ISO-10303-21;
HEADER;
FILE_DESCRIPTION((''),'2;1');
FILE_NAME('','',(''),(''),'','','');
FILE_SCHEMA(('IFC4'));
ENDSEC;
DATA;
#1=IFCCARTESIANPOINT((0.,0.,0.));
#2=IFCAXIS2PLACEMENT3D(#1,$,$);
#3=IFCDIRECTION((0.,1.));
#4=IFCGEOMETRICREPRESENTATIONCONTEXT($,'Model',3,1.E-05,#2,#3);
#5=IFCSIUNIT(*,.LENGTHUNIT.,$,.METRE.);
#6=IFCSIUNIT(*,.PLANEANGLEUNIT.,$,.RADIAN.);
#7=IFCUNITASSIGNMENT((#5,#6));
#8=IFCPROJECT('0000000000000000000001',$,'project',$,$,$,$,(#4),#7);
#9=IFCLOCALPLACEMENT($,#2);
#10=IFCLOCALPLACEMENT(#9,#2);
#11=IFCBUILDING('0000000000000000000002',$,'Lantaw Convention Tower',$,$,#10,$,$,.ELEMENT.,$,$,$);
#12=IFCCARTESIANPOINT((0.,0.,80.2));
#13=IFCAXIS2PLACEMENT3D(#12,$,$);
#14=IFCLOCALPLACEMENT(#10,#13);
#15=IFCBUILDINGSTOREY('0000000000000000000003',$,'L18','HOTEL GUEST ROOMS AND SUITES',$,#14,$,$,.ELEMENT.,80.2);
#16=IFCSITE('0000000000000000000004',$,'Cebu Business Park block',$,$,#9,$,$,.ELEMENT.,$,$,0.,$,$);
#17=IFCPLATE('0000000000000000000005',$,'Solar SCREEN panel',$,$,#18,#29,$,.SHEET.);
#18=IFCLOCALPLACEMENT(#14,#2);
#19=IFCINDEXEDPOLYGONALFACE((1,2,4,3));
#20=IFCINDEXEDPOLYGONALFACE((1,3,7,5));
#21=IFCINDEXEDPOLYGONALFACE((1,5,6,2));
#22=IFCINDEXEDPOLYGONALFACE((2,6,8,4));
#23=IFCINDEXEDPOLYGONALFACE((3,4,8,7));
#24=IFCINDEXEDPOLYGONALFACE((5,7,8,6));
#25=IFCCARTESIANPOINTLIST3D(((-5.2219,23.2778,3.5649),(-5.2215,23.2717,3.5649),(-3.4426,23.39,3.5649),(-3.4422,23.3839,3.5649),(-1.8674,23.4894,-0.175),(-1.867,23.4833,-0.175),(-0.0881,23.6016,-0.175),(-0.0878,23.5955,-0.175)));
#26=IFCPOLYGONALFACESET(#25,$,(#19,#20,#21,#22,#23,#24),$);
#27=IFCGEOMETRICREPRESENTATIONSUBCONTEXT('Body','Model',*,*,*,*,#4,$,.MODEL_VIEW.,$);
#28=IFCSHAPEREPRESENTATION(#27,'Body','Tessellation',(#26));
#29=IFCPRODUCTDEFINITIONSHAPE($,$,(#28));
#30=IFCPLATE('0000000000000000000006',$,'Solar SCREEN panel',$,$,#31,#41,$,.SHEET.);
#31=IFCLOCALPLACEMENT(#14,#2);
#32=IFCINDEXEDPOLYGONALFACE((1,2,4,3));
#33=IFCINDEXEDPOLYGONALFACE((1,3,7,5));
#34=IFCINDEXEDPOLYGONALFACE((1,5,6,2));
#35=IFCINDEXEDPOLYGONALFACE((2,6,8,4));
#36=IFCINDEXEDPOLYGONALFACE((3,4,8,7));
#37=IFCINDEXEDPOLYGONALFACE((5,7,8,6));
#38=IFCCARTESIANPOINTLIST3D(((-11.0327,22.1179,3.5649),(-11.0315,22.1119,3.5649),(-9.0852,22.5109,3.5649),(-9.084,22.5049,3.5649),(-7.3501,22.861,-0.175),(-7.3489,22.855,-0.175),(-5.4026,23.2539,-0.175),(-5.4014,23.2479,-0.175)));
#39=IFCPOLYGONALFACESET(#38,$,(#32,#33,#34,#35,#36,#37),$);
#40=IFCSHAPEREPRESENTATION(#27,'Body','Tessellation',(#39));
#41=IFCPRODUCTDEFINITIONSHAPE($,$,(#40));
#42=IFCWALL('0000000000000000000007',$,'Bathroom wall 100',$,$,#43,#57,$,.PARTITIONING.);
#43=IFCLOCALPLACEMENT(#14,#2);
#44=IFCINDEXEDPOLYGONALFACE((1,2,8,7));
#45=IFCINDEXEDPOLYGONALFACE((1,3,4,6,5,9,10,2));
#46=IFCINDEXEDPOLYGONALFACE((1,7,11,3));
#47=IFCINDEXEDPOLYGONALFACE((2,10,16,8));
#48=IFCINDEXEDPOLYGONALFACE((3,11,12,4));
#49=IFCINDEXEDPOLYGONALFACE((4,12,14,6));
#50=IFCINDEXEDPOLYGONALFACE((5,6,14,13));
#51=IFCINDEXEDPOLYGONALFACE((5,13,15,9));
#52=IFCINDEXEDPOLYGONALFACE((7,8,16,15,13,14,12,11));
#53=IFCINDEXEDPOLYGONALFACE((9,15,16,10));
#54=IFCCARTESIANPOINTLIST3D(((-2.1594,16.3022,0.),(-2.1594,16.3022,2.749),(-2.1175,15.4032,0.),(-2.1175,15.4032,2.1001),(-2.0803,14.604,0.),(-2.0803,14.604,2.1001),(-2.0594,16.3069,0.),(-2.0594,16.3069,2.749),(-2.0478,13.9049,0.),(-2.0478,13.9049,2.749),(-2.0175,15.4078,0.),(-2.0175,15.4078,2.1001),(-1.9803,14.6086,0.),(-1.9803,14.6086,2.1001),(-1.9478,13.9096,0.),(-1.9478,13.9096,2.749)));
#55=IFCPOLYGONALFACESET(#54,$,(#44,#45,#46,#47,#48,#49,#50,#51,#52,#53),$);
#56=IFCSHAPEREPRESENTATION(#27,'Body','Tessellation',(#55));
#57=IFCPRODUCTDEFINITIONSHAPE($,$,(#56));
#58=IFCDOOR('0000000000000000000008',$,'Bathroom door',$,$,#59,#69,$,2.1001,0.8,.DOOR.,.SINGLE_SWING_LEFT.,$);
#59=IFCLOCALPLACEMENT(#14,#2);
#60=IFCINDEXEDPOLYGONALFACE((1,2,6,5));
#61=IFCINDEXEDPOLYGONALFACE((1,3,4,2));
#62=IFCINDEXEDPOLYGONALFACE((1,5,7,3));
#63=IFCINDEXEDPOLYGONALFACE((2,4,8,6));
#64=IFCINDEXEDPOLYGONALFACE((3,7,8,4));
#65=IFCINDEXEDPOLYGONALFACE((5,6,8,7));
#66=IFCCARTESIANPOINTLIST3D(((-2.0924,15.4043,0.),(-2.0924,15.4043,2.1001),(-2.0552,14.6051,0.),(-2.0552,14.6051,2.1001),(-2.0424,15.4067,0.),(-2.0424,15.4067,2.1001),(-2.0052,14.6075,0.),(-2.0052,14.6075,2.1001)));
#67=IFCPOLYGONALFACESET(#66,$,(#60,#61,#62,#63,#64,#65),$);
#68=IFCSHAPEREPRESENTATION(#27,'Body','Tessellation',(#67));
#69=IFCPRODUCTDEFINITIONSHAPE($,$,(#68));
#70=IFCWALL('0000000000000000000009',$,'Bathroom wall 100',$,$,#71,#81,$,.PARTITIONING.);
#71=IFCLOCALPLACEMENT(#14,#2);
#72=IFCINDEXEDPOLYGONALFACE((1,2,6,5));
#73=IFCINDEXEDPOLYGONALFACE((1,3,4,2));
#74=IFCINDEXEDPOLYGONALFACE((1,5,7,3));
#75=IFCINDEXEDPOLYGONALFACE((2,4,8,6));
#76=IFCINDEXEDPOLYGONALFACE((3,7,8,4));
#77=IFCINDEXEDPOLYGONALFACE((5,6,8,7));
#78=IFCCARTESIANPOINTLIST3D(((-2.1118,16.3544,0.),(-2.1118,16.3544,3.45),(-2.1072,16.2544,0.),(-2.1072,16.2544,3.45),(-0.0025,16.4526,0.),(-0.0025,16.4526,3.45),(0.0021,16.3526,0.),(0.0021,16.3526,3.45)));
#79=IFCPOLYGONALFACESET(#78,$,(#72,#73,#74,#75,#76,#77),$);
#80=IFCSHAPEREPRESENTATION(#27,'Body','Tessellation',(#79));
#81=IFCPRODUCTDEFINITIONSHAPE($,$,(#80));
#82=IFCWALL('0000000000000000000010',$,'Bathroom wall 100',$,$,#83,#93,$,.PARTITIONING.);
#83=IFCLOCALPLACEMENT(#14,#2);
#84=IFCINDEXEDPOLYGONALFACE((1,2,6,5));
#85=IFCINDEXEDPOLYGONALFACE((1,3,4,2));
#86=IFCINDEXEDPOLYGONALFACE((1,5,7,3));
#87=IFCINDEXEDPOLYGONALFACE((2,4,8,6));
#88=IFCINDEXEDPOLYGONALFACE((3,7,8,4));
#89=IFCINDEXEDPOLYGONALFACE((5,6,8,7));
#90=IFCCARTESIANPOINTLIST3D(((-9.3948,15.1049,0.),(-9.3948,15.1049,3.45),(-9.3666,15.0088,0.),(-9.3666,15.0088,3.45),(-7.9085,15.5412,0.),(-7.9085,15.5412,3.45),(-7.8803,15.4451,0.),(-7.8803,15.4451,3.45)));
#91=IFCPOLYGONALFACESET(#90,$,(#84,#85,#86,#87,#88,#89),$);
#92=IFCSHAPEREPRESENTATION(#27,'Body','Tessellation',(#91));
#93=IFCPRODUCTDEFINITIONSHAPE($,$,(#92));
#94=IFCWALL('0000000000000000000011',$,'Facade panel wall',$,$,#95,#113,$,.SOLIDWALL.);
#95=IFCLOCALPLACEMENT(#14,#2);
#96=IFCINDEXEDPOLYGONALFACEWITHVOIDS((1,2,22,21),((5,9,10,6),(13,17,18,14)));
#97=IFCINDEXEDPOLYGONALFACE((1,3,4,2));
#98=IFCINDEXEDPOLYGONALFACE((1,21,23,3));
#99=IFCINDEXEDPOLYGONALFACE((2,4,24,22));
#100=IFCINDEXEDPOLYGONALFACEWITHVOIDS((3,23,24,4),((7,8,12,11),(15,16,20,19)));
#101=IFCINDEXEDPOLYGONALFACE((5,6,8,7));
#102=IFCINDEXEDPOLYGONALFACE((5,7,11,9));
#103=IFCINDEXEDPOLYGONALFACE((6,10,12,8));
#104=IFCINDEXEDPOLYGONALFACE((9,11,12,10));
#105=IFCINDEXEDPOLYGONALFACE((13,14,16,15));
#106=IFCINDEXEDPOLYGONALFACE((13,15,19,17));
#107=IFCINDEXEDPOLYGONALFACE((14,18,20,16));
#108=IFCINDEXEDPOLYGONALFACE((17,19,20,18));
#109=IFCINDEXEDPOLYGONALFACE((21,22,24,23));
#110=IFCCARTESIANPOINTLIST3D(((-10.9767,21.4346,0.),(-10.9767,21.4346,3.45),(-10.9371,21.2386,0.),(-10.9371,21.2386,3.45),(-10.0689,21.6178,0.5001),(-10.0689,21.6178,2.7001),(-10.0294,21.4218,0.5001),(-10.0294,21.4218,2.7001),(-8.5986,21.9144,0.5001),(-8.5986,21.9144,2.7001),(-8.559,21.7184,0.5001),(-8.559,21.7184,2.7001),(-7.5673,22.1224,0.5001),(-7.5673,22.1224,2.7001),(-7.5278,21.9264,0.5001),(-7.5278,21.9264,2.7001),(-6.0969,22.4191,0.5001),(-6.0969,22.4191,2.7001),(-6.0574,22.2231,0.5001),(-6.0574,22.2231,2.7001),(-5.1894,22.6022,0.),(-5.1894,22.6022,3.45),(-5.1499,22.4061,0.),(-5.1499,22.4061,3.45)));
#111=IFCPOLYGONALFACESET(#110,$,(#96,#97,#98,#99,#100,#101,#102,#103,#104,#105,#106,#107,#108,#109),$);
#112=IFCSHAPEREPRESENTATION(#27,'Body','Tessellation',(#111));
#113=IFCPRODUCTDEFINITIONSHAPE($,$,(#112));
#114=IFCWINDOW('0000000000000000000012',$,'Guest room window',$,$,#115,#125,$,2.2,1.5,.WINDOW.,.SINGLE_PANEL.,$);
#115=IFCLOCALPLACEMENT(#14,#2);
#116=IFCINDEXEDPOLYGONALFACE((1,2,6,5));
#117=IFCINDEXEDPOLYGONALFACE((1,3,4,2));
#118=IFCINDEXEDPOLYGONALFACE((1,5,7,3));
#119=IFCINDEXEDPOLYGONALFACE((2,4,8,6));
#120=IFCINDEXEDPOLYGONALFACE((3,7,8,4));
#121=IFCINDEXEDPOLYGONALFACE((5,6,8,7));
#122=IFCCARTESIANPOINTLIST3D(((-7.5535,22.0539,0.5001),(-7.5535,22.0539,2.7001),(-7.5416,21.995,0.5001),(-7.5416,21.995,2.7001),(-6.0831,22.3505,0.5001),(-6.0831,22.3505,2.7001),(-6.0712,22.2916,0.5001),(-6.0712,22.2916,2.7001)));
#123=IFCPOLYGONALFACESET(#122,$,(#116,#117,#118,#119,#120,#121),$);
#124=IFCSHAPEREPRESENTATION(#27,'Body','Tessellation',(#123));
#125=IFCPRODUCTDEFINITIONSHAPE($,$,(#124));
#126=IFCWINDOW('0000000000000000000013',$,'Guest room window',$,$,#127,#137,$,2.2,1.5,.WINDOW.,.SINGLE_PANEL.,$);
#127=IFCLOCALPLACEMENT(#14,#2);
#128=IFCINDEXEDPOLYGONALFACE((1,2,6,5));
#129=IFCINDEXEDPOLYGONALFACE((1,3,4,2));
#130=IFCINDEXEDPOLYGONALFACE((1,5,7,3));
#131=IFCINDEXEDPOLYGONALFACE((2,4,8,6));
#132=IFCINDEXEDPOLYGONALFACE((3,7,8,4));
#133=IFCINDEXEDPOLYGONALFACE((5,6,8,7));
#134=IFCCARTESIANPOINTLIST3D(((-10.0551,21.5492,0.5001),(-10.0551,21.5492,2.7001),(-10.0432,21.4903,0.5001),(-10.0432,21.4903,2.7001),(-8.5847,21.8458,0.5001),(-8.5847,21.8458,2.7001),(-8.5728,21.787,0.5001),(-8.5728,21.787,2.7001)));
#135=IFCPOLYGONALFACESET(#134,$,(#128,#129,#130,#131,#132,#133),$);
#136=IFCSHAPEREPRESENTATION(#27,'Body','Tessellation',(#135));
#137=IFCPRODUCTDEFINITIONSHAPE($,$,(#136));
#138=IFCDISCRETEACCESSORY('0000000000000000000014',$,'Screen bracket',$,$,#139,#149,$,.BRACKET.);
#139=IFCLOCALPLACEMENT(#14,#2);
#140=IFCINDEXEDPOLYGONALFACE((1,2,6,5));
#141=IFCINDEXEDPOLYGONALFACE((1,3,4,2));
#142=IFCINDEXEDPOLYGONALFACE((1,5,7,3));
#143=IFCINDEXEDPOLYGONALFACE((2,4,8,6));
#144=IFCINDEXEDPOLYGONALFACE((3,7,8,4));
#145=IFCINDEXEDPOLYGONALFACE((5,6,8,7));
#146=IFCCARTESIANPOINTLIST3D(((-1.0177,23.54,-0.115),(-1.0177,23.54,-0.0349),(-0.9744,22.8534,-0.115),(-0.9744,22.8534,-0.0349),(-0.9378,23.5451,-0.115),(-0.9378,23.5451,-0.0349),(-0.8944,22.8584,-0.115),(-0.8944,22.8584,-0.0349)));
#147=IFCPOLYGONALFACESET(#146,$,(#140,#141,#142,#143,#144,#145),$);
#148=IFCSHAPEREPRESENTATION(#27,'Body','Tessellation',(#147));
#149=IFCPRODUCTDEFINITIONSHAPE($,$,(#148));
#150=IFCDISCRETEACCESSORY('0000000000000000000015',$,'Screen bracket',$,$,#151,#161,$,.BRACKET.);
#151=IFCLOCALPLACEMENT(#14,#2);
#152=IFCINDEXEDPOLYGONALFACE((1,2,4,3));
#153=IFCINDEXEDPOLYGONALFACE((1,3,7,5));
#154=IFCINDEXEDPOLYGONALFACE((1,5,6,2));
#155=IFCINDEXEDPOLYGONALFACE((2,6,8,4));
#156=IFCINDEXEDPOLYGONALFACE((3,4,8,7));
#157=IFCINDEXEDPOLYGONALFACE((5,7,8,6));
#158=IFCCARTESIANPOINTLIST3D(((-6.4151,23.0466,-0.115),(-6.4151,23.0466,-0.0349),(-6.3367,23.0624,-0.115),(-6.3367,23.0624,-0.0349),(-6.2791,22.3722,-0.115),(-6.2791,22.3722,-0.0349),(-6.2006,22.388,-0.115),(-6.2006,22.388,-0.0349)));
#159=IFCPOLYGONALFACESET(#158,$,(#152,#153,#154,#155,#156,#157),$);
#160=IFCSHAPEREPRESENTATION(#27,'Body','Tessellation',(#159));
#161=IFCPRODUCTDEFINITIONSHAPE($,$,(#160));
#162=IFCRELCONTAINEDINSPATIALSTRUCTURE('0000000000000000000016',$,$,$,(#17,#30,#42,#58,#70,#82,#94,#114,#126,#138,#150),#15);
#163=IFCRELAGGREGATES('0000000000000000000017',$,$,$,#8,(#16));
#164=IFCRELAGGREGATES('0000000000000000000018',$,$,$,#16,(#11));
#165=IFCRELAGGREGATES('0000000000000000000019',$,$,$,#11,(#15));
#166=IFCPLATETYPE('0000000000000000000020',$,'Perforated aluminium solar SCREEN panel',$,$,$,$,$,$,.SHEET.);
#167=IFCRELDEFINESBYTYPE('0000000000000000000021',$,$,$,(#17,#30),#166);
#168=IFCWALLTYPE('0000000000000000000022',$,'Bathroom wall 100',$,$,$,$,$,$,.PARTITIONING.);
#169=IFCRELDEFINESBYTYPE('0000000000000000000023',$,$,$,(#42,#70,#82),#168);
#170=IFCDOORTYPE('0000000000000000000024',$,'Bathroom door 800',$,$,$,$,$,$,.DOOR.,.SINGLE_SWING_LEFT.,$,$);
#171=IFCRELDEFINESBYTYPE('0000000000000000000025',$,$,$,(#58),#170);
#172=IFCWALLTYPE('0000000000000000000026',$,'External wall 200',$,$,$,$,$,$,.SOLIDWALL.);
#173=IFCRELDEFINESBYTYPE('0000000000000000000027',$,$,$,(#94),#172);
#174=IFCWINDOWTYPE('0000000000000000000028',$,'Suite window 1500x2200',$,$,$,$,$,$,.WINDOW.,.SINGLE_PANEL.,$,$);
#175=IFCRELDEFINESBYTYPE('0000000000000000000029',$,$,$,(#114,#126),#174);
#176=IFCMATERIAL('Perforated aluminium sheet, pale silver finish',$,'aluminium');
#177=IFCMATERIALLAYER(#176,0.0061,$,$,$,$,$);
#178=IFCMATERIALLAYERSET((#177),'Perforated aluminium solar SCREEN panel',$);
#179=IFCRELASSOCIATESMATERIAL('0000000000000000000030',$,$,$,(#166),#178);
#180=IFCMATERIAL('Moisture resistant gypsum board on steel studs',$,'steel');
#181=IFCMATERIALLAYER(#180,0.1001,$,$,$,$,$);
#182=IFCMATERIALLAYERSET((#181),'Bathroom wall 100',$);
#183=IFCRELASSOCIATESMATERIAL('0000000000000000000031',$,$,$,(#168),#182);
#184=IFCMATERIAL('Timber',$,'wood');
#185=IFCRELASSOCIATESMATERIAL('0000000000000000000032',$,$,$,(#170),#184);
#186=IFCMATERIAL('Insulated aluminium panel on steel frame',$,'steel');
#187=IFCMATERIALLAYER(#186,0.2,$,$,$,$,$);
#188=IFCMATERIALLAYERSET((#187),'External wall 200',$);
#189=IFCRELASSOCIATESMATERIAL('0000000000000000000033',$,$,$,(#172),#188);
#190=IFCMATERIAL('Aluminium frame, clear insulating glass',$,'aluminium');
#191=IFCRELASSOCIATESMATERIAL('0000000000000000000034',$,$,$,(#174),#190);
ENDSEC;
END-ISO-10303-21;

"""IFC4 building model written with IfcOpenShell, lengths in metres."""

from ifc_helpers import new_model, si_unit, direction, frame, frame_2d, origin, origin_2d, place, context, subcontext, project, spatial, polyline, rectangle, outline, extrude, material, layer, layer_set, type_object, element, fill, save


model = new_model("IFC4")

# Units and contexts
model_context = context("Model", 3, precision=1e-05, world=origin(), true_north=direction((0.0, 1.0)))
body_context = subcontext(model_context, "Body", "Model", "MODEL_VIEW")
ifc_project = project(units=[si_unit("LENGTHUNIT", "METRE"), si_unit("PLANEANGLEUNIT", "RADIAN")], contexts=[model_context])

# Site, building, storey
site_placement = place(None, origin())
site = spatial("IfcSite", under=ifc_project, at=site_placement, Name="Cebu Business Park block", CompositionType="ELEMENT", RefElevation=0.0)
building_placement = place(site_placement, origin())
building = spatial("IfcBuilding", under=site, at=building_placement, Name="Lantaw Convention Tower", CompositionType="ELEMENT")
storey_placement = place(building_placement, frame((0.0, 0.0, 80.2)))
storey = spatial("IfcBuildingStorey", under=building, at=storey_placement, Name="L18", Description="HOTEL GUEST ROOMS AND SUITES", CompositionType="ELEMENT", Elevation=80.2)

# Plates
ifc_material_1 = material(Name="Perforated aluminium sheet, pale silver finish", Category="aluminium")
ifc_layer_1 = layer(ifc_material_1, 0.0061)
ifc_layer_set_1 = layer_set([ifc_layer_1], Name="Perforated aluminium solar SCREEN panel")
plate_type = type_object("IfcPlateType", Name="Perforated aluminium solar SCREEN panel", PredefinedType="SHEET", material=ifc_layer_set_1)
plate_1_placement = place(storey_placement, frame((-0.0881, 23.6016, -0.175), z_axis=(-0.062924, 0.998018, 0.000014), x_axis=(-0.998018, -0.062924, 0.0)))
element("IfcPlate", 1, at=plate_1_placement, inside=storey, type_object=plate_type, Name="Solar SCREEN panel", PredefinedType="SHEET", context=body_context, shape_type="SweptSolid", body=[
    extrude(outline(polyline([(0.0, 0.0), (1.7828, 0.0), (5.144, 3.74), (3.3611, 3.74), (0.0, 0.0)])), origin(), (0.0, 0.0, -1.0), 0.0061),
])
plate_2_placement = place(storey_placement, frame((-5.4026, 23.2539, -0.175), z_axis=(-0.197782, 0.980246, 0.000002), x_axis=(-0.980246, -0.197782, 0.0)))
element("IfcPlate", 2, at=plate_2_placement, inside=storey, type_object=plate_type, Name="Solar SCREEN panel", PredefinedType="SHEET", context=body_context, shape_type="SweptSolid", body=[
    extrude(outline(polyline([(0.0, 0.0), (1.9867, 0.0), (5.7436, 3.74), (3.7568, 3.74), (0.0, 0.0)])), origin(), (0.0, 0.0, -1.0), 0.0061),
])

# Wall, opening, door
ifc_material_2 = material(Name="Moisture resistant gypsum board on steel studs", Category="steel")
ifc_layer_2 = layer(ifc_material_2, 0.1001)
ifc_layer_set_2 = layer_set([ifc_layer_2], Name="Bathroom wall 100")
wall_type_1 = type_object("IfcWallType", Name="Bathroom wall 100", PredefinedType="PARTITIONING", material=ifc_layer_set_2)
wall_1_placement = place(storey_placement, frame((-1.9978, 13.9072, 0.0), z_axis=(0.0, 0.0, 1.0), x_axis=(-0.046492, 0.998919, 0.0)))
wall_1 = element("IfcWall", 3, at=wall_1_placement, inside=storey, type_object=wall_type_1, Name="Bathroom wall 100", PredefinedType="PARTITIONING", context=body_context, shape_type="SweptSolid", body=[
    extrude(rectangle(XDim=2.3999, YDim=0.1001, at=frame_2d((1.2, 0.0))), origin(), (0.0, 0.0, 1.0), 2.749),
])
opening_1_placement = place(wall_1_placement, frame((0.7, 0.0, 0.0)))
opening_1 = element("IfcOpeningElement", 4, at=opening_1_placement, cuts=wall_1, PredefinedType="OPENING", context=body_context, shape_type="SweptSolid", body=[
    extrude(rectangle(XDim=0.8, YDim=2.1001, at=frame_2d((0.3999, 1.05))), frame((0.0, 0.0601, 0.0), z_axis=(0.0, -1.0, 0.0), x_axis=(1.0, 0.0, 0.0)), (0.0, 0.0, 1.0), 0.1201),
])
ifc_material_3 = material(Name="Timber", Category="wood")
door_type = type_object("IfcDoorType", Name="Bathroom door 800", OperationType="SINGLE_SWING_LEFT", PredefinedType="DOOR", material=ifc_material_3)
door_placement = place(opening_1_placement, origin())
door = element("IfcDoor", 5, at=door_placement, inside=storey, type_object=door_type, Name="Bathroom door", OperationType="SINGLE_SWING_LEFT", OverallHeight=2.1001, OverallWidth=0.8, PredefinedType="DOOR", context=body_context, shape_type="SweptSolid", body=[
    extrude(rectangle(XDim=0.8, YDim=2.1001, at=frame_2d((0.3999, 1.05))), frame((0.0, 0.0249, 0.0), z_axis=(0.0, -1.0, 0.0), x_axis=(1.0, 0.0, 0.0)), (0.0, 0.0, 1.0), 0.05),
])
fill(opening_1, door)

# Walls
wall_2_placement = place(storey_placement, frame((-2.1094, 16.3044, 0.0), z_axis=(0.0, 0.0, 1.0), x_axis=(0.998919, 0.046477, 0.0)))
element("IfcWall", 6, at=wall_2_placement, inside=storey, type_object=wall_type_1, Name="Bathroom wall 100", PredefinedType="PARTITIONING", context=body_context, shape_type="SweptSolid", body=[
    extrude(rectangle(XDim=2.1116, YDim=0.1001, at=frame_2d((1.0557, 0.0))), origin(), (0.0, 0.0, 1.0), 3.45),
])
wall_3_placement = place(storey_placement, frame((-9.3806, 15.0569, 0.0), z_axis=(0.0, 0.0, 1.0), x_axis=(0.959518, 0.281646, 0.0)))
element("IfcWall", 7, at=wall_3_placement, inside=storey, type_object=wall_type_1, Name="Bathroom wall 100", PredefinedType="PARTITIONING", context=body_context, shape_type="SweptSolid", body=[
    extrude(rectangle(XDim=1.5491, YDim=0.1001, at=frame_2d((0.7744, 0.0))), origin(), (0.0, 0.0, 1.0), 3.45),
])

# Wall, openings, windows
ifc_material_4 = material(Name="Insulated aluminium panel on steel frame", Category="steel")
ifc_layer_3 = layer(ifc_material_4, 0.2)
ifc_layer_set_3 = layer_set([ifc_layer_3], Name="External wall 200")
wall_type_2 = type_object("IfcWallType", Name="External wall 200", PredefinedType="SOLIDWALL", material=ifc_layer_set_3)
wall_4_placement = place(storey_placement, frame((-5.1697, 22.5042, 0.0), z_axis=(0.0, 0.0, 1.0), x_axis=(-0.980252, -0.197754, 0.0)))
wall_4 = element("IfcWall", 8, at=wall_4_placement, inside=storey, type_object=wall_type_2, Name="Facade panel wall", PredefinedType="SOLIDWALL", context=body_context, shape_type="SweptSolid", body=[
    extrude(rectangle(XDim=5.9038, YDim=0.2, at=frame_2d((2.9519, 0.0))), origin(), (0.0, 0.0, 1.0), 3.45),
])
opening_2_placement = place(wall_4_placement, frame((0.9258, 0.0, 0.5)))
opening_2 = element("IfcOpeningElement", 9, at=opening_2_placement, cuts=wall_4, PredefinedType="OPENING", context=body_context, shape_type="SweptSolid", body=[
    extrude(rectangle(XDim=1.5, YDim=2.2, at=frame_2d((0.75, 1.1001))), frame((0.0, 0.1099, 0.0), z_axis=(0.0, -1.0, 0.0), x_axis=(1.0, 0.0, 0.0)), (0.0, 0.0, 1.0), 0.22),
])
opening_3_placement = place(wall_4_placement, frame((3.4778, 0.0, 0.5)))
opening_3 = element("IfcOpeningElement", 10, at=opening_3_placement, cuts=wall_4, PredefinedType="OPENING", context=body_context, shape_type="SweptSolid", body=[
    extrude(rectangle(XDim=1.5, YDim=2.2, at=frame_2d((0.75, 1.1001))), frame((0.0, 0.1099, 0.0), z_axis=(0.0, -1.0, 0.0), x_axis=(1.0, 0.0, 0.0)), (0.0, 0.0, 1.0), 0.22),
])
ifc_material_5 = material(Name="Aluminium frame, clear insulating glass", Category="aluminium")
window_type = type_object("IfcWindowType", Name="Suite window 1500x2200", PartitioningType="SINGLE_PANEL", PredefinedType="WINDOW", material=ifc_material_5)
window_1_placement = place(opening_2_placement, origin())
window_1 = element("IfcWindow", 11, at=window_1_placement, inside=storey, type_object=window_type, Name="Guest room window", OverallHeight=2.2, OverallWidth=1.5, PartitioningType="SINGLE_PANEL", PredefinedType="WINDOW", context=body_context, shape_type="SweptSolid", body=[
    extrude(rectangle(XDim=1.5, YDim=2.2, at=frame_2d((0.75, 1.1001))), frame((0.0, 0.03, 0.0), z_axis=(0.0, -1.0, 0.0), x_axis=(1.0, 0.0, 0.0)), (0.0, 0.0, 1.0), 0.0601),
])
fill(opening_2, window_1)
window_2_placement = place(opening_3_placement, origin())
window_2 = element("IfcWindow", 12, at=window_2_placement, inside=storey, type_object=window_type, Name="Guest room window", OverallHeight=2.2, OverallWidth=1.5, PartitioningType="SINGLE_PANEL", PredefinedType="WINDOW", context=body_context, shape_type="SweptSolid", body=[
    extrude(rectangle(XDim=1.5, YDim=2.2, at=frame_2d((0.75, 1.1001))), frame((0.0, 0.03, 0.0), z_axis=(0.0, -1.0, 0.0), x_axis=(1.0, 0.0, 0.0)), (0.0, 0.0, 1.0), 0.0601),
])
fill(opening_3, window_2)

# Discrete accessories
for number, where, z_axis, x_axis, name in (
    (13, (-0.9561, 23.1992, -0.115), (0.0, 0.0, 1.0), (-0.998016, -0.062958, 0.0), "Screen bracket"),
    (14, (-6.3079, 22.7173, -0.115), (0.0, 0.0, 1.0), (-0.980245, -0.197789, 0.0), "Screen bracket"),
):
    element("IfcDiscreteAccessory", number, at=place(storey_placement, frame(where, z_axis=z_axis, x_axis=x_axis)), inside=storey, Name=name, PredefinedType="BRACKET", context=body_context, shape_type="SweptSolid", body=[
        extrude(rectangle(XDim=0.0801, YDim=0.688, at=origin_2d()), origin(), (0.0, 0.0, 1.0), 0.0801),
    ])

save(model, "model.ifc")
